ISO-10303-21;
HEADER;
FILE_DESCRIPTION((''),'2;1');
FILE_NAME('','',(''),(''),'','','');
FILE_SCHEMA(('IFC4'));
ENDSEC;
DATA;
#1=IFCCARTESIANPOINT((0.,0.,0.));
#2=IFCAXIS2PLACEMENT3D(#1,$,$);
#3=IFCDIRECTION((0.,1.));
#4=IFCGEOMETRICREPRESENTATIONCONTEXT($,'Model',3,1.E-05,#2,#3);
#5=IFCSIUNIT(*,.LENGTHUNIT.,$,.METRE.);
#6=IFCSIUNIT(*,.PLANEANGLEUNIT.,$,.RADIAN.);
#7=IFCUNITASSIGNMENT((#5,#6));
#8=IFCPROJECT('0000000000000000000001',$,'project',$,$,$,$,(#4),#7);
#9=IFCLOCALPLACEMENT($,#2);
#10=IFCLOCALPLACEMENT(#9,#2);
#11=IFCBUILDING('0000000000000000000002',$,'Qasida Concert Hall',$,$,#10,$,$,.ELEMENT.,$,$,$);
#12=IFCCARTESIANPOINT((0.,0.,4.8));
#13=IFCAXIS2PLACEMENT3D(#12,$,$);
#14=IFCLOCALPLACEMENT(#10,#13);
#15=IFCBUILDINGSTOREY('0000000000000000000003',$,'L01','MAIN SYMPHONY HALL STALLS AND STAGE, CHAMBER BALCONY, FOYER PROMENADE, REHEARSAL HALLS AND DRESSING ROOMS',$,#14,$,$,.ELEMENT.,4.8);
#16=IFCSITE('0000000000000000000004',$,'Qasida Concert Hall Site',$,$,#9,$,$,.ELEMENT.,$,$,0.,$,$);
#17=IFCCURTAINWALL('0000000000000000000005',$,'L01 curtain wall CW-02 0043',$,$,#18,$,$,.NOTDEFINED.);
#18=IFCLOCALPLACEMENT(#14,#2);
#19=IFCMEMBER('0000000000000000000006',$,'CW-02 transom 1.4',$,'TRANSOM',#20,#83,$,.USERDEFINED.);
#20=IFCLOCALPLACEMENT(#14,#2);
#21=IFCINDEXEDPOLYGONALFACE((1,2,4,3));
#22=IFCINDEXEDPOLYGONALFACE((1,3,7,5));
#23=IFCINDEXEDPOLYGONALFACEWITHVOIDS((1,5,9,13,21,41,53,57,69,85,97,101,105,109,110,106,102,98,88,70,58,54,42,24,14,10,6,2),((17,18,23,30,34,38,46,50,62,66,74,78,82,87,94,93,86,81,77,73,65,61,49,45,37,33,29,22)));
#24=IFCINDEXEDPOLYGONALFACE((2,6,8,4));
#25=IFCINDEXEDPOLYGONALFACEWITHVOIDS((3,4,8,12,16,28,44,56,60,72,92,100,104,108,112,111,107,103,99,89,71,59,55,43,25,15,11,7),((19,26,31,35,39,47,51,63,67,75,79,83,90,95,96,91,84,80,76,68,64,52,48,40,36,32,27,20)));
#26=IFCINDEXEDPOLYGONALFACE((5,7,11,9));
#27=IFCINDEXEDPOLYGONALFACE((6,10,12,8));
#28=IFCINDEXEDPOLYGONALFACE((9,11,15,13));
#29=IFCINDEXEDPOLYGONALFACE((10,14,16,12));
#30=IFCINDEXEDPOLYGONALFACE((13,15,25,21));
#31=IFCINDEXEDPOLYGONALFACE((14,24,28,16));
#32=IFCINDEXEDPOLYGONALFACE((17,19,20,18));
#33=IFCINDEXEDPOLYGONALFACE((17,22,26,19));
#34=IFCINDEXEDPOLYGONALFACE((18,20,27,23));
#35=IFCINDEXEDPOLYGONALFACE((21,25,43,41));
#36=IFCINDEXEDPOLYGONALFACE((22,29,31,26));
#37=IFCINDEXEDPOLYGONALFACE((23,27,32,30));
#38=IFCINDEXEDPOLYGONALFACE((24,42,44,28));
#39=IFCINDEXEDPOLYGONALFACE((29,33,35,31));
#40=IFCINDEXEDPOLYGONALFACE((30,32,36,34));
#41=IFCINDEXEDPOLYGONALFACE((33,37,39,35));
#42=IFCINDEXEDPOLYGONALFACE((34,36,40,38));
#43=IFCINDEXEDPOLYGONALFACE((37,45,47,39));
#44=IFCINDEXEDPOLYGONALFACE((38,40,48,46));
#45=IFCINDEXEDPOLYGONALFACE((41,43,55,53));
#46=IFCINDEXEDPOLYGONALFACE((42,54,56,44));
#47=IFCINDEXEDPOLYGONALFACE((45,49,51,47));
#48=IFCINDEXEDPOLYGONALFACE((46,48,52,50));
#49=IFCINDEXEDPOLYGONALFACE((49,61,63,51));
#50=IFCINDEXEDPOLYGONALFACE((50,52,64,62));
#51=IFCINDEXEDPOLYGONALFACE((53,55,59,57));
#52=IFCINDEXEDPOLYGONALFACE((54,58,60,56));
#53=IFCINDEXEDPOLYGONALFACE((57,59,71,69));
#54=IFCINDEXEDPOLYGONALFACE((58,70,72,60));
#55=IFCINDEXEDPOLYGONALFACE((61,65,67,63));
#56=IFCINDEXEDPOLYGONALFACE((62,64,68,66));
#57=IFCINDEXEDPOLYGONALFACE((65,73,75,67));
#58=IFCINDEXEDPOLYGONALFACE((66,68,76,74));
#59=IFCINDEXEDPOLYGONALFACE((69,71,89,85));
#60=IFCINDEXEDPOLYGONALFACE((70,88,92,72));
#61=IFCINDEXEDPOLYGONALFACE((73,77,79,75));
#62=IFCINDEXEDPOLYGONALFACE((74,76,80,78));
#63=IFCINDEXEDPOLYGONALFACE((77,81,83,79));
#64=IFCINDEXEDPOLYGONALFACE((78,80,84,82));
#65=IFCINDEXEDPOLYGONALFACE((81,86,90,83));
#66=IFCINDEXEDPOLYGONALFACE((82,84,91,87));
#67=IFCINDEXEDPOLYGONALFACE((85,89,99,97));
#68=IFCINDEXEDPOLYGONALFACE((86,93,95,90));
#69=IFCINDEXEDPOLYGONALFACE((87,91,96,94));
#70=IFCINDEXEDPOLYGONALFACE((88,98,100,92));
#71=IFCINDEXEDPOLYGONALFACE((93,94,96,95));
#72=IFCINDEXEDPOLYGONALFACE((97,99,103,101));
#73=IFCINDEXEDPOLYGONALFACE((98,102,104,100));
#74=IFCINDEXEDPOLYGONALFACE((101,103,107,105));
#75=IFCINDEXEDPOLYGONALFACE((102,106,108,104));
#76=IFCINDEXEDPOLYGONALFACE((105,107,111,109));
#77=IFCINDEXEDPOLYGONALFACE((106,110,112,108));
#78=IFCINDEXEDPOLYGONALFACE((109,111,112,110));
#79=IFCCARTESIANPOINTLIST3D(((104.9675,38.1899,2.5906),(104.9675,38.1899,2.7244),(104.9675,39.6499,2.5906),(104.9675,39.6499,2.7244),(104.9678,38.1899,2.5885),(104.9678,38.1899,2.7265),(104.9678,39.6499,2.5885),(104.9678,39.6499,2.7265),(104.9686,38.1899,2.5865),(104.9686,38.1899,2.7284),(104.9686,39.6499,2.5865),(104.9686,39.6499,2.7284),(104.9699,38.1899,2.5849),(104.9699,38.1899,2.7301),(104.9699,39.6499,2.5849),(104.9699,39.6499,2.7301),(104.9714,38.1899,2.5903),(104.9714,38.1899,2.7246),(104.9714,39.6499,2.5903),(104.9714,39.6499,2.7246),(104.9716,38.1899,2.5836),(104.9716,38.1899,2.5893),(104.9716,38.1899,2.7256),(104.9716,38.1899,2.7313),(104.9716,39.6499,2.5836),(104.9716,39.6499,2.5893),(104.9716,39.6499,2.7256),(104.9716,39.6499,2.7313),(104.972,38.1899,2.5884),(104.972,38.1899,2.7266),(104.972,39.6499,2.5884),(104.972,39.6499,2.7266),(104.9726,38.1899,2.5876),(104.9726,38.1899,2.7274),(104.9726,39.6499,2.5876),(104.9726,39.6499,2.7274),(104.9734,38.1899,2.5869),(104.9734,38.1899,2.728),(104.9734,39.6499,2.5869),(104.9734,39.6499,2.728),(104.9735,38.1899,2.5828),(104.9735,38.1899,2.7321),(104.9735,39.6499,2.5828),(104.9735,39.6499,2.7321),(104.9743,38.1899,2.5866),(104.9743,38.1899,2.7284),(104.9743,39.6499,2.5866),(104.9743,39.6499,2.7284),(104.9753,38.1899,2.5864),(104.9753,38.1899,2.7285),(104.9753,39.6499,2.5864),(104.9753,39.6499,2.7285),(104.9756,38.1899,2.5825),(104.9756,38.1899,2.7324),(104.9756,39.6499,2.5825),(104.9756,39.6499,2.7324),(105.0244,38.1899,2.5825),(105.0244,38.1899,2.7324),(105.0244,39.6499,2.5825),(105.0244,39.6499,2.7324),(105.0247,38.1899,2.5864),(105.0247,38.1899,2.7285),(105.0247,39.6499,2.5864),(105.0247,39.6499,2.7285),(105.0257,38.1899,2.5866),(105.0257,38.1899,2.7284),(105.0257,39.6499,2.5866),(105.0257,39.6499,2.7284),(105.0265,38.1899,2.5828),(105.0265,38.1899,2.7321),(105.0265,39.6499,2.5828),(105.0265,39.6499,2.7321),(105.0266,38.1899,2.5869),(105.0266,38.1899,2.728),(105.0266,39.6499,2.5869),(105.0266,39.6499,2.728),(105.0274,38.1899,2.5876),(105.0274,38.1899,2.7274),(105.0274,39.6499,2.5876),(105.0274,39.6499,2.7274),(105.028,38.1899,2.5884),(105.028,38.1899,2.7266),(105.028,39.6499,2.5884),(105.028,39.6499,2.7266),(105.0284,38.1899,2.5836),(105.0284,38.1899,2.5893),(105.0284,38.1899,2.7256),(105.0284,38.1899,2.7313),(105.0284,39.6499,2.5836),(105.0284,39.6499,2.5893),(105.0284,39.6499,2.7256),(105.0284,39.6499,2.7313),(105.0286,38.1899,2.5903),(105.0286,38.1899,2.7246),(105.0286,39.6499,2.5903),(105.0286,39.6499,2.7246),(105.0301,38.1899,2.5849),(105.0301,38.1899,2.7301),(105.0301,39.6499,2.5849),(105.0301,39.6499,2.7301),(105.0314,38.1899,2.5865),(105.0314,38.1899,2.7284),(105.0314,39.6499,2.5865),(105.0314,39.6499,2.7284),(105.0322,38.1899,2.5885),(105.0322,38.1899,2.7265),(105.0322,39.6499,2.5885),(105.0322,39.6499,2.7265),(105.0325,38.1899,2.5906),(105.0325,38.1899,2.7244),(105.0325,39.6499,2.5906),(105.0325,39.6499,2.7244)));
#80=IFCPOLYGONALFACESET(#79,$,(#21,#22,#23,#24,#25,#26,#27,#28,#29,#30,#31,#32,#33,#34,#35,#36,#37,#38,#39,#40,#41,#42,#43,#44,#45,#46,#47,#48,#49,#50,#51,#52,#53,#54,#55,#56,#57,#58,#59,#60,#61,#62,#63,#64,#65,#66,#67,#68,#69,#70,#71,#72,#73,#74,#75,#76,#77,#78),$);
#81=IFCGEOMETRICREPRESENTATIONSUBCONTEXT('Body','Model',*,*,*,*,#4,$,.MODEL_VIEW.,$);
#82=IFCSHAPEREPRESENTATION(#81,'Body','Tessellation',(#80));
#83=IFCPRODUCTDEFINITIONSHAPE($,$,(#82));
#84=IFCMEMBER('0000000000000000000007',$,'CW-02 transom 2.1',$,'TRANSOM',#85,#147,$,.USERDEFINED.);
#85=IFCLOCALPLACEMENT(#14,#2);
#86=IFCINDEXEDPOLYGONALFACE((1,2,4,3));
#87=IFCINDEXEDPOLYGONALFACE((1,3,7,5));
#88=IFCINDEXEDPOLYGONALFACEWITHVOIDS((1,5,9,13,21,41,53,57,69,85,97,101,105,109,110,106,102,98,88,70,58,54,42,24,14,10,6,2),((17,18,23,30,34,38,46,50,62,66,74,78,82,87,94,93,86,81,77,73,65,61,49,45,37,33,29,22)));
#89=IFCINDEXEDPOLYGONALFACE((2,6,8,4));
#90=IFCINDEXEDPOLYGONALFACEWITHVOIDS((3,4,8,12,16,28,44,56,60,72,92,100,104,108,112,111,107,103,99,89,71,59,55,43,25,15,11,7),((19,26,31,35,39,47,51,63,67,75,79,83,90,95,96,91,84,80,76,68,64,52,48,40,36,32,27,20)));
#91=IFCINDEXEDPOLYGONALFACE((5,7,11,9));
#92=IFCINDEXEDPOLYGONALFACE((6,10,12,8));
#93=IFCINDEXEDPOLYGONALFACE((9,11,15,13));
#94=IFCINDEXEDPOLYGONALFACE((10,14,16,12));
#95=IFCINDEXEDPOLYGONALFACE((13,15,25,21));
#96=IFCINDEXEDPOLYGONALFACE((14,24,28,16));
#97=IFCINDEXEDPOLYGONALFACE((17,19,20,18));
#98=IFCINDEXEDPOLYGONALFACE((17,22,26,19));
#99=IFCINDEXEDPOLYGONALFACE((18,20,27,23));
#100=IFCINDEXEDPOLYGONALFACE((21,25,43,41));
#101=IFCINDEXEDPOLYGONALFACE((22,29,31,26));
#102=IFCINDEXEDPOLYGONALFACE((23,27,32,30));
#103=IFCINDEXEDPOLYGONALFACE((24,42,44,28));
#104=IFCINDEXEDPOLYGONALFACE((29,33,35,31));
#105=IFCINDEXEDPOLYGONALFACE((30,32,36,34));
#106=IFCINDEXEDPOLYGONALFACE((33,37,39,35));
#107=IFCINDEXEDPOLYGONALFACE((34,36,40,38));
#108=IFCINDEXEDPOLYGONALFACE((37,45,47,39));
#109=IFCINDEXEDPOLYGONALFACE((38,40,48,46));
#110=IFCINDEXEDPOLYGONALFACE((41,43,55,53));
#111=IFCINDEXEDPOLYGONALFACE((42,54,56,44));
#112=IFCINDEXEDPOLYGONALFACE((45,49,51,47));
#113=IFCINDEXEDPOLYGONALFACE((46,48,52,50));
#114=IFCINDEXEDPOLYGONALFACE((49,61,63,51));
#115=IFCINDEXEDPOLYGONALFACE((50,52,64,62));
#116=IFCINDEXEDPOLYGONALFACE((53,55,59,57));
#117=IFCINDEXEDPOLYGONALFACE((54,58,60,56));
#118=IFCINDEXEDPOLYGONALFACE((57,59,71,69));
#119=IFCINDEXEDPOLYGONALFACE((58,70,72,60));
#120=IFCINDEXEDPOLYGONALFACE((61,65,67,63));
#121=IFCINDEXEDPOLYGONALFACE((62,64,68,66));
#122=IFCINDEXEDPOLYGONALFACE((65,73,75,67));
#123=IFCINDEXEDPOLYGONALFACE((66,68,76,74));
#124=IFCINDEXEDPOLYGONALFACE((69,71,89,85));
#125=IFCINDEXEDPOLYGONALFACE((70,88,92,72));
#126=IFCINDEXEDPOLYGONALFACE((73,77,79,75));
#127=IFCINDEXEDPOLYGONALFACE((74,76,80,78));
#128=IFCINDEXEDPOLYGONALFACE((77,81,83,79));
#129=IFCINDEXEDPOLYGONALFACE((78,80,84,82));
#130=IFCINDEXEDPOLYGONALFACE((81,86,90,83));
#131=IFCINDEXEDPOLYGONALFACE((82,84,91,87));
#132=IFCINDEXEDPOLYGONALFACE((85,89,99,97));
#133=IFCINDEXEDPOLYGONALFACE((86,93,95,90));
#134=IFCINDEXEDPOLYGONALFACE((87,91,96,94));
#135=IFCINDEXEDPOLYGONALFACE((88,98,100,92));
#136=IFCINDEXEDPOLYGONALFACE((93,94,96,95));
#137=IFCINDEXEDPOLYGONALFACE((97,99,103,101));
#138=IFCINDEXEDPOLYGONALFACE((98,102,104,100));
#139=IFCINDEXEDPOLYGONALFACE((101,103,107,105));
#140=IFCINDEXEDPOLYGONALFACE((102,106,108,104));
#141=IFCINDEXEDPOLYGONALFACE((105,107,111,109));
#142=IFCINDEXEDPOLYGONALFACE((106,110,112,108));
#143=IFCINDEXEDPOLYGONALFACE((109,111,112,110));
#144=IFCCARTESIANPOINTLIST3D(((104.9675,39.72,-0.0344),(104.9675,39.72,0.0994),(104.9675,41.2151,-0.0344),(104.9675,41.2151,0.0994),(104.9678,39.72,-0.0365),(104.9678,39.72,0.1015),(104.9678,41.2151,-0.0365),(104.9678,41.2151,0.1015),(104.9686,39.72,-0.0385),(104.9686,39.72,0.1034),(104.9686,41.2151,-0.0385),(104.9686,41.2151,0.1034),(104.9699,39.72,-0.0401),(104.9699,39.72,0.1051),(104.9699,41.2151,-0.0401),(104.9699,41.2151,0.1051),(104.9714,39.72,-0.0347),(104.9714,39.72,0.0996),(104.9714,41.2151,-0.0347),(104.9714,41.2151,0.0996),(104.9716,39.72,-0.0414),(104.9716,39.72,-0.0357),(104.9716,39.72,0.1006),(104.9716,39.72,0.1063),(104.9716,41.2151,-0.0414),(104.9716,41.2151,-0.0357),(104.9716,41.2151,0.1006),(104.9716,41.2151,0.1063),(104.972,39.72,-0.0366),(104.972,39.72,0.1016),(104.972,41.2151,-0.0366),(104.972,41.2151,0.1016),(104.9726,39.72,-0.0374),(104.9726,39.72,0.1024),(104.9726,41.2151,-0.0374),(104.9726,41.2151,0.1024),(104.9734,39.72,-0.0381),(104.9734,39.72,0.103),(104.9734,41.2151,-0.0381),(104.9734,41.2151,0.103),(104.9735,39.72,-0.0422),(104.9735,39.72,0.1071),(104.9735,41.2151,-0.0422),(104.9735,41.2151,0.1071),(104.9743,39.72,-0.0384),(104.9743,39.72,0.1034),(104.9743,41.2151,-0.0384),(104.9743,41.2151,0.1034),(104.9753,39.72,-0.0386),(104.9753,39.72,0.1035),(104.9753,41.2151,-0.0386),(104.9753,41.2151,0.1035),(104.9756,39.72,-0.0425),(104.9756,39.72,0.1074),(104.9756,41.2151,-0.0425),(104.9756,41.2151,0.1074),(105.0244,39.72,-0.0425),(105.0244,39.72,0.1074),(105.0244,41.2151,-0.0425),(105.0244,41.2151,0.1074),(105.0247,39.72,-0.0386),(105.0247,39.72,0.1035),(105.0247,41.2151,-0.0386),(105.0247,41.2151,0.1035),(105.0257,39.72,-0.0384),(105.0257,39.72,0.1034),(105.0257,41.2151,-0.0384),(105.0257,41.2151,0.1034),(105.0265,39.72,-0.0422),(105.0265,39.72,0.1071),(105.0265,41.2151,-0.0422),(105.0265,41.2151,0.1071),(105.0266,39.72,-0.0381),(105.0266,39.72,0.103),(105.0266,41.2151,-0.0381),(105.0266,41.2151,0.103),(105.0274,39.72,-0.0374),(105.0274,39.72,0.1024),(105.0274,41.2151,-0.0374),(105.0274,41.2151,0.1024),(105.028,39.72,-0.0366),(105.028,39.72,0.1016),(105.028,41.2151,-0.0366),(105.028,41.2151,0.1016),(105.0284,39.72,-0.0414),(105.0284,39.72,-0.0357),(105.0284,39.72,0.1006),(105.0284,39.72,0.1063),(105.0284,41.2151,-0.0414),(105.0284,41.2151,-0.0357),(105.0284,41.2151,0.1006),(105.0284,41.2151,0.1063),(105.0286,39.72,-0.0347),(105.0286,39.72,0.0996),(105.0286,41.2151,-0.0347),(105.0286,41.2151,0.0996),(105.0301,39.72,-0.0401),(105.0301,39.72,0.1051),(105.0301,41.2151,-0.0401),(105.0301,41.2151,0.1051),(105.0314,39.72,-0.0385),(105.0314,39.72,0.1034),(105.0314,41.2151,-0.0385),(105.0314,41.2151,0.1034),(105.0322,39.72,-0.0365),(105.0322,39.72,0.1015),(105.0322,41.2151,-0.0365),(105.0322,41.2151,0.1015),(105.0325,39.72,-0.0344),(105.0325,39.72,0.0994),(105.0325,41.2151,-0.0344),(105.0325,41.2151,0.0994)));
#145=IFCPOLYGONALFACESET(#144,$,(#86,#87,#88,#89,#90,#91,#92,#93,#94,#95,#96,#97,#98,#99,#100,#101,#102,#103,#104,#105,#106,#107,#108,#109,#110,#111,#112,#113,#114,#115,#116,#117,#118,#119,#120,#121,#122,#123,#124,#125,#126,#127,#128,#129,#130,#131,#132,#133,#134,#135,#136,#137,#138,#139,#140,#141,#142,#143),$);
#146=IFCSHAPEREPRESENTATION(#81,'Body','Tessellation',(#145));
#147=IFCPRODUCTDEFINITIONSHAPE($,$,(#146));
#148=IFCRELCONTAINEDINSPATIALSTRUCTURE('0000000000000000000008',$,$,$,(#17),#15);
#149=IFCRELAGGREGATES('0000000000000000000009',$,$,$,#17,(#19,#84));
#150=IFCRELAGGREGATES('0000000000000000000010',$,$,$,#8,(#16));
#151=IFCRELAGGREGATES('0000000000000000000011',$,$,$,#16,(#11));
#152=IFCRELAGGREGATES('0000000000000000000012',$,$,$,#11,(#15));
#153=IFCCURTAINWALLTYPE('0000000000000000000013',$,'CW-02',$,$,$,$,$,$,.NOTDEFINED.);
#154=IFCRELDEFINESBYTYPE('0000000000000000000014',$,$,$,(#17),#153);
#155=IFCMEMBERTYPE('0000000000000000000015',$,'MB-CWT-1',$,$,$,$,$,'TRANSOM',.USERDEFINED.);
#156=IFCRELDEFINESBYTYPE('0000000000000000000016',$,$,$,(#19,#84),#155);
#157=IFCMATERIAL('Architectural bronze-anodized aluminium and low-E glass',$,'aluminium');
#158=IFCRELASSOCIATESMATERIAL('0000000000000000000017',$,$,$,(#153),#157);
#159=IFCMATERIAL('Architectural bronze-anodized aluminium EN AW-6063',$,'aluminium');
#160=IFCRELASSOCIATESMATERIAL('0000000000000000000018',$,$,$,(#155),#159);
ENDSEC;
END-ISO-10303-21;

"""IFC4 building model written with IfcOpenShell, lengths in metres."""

from ifc_helpers import new_model, si_unit, direction, frame, origin, origin_2d, place, context, subcontext, project, spatial, hollow_rectangle, extrude, material, material_profile, profile_set, type_object, element, aggregate, save


model = new_model("IFC4")

# Units and contexts
model_context = context("Model", 3, precision=1e-05, world=origin(), true_north=direction((0.0, 1.0)))
body_context = subcontext(model_context, "Body", "Model", "MODEL_VIEW")
ifc_project = project(units=[si_unit("LENGTHUNIT", "METRE"), si_unit("PLANEANGLEUNIT", "RADIAN")], contexts=[model_context])

# Site, building, storey
site_placement = place(None, origin())
site = spatial("IfcSite", under=ifc_project, at=site_placement, Name="Qasida Concert Hall Site", CompositionType="ELEMENT", RefElevation=0.0)
building_placement = place(site_placement, origin())
building = spatial("IfcBuilding", under=site, at=building_placement, Name="Qasida Concert Hall", CompositionType="ELEMENT")
storey_placement = place(building_placement, frame((0.0, 0.0, 4.8)))
storey = spatial("IfcBuildingStorey", under=building, at=storey_placement, Name="L01", Description="MAIN SYMPHONY HALL STALLS AND STAGE, CHAMBER BALCONY, FOYER PROMENADE, REHEARSAL HALLS AND DRESSING ROOMS", CompositionType="ELEMENT", Elevation=4.8)

# Curtain wall, members
ifc_material_1 = material(Name="Architectural bronze-anodized aluminium and low-E glass", Category="aluminium")
curtain_wall_type = type_object("IfcCurtainWallType", Name="CW-02", PredefinedType="NOTDEFINED", material=ifc_material_1)
curtain_wall_placement = place(storey_placement, origin())
curtain_wall = element("IfcCurtainWall", 1, at=curtain_wall_placement, inside=storey, type_object=curtain_wall_type, Name="L01 curtain wall CW-02 0043", PredefinedType="NOTDEFINED")
ifc_material_2 = material(Name="Architectural bronze-anodized aluminium EN AW-6063", Category="aluminium")
ifc_material_profile_1 = material_profile(ifc_material_2, hollow_rectangle(XDim=0.0649, YDim=0.1499, WallThickness=0.0039, InnerFilletRadius=0.0039, OuterFilletRadius=0.0081, at=origin_2d()), Name="CWT 150x65x4")
ifc_profile_set_1 = profile_set([ifc_material_profile_1], Name="Architectural bronze-anodized aluminium EN AW-6063")
member_type_1 = type_object("IfcMemberType", Name="MB-CWT-1", ElementType="TRANSOM", PredefinedType="USERDEFINED", material=ifc_profile_set_1)
member_1_placement = place(storey_placement, frame((105.0, 38.1899, 2.6575), z_axis=(0.0, 1.0, 0.0), x_axis=(-1.0, 0.0, 0.0)))
member_1 = element("IfcMember", 2, at=member_1_placement, type_object=member_type_1, Name="CW-02 transom 1.4", ObjectType="TRANSOM", PredefinedType="USERDEFINED", context=body_context, shape_type="SweptSolid", body=[
    extrude(hollow_rectangle(XDim=0.0649, YDim=0.1499, WallThickness=0.0039, InnerFilletRadius=0.0039, OuterFilletRadius=0.0081, at=origin_2d()), origin(), (0.0, 0.0, 1.0), 1.46),
])
member_2_placement = place(storey_placement, frame((105.0, 39.72, 0.0325), z_axis=(0.0, 1.0, 0.0), x_axis=(-1.0, 0.0, 0.0)))
member_2 = element("IfcMember", 3, at=member_2_placement, type_object=member_type_1, Name="CW-02 transom 2.1", ObjectType="TRANSOM", PredefinedType="USERDEFINED", context=body_context, shape_type="SweptSolid", body=[
    extrude(hollow_rectangle(XDim=0.0649, YDim=0.1499, WallThickness=0.0039, InnerFilletRadius=0.0039, OuterFilletRadius=0.0081, at=origin_2d()), origin(), (0.0, 0.0, 1.0), 1.4951),
])
aggregate(curtain_wall, [member_1, member_2])

save(model, "model.ifc")
